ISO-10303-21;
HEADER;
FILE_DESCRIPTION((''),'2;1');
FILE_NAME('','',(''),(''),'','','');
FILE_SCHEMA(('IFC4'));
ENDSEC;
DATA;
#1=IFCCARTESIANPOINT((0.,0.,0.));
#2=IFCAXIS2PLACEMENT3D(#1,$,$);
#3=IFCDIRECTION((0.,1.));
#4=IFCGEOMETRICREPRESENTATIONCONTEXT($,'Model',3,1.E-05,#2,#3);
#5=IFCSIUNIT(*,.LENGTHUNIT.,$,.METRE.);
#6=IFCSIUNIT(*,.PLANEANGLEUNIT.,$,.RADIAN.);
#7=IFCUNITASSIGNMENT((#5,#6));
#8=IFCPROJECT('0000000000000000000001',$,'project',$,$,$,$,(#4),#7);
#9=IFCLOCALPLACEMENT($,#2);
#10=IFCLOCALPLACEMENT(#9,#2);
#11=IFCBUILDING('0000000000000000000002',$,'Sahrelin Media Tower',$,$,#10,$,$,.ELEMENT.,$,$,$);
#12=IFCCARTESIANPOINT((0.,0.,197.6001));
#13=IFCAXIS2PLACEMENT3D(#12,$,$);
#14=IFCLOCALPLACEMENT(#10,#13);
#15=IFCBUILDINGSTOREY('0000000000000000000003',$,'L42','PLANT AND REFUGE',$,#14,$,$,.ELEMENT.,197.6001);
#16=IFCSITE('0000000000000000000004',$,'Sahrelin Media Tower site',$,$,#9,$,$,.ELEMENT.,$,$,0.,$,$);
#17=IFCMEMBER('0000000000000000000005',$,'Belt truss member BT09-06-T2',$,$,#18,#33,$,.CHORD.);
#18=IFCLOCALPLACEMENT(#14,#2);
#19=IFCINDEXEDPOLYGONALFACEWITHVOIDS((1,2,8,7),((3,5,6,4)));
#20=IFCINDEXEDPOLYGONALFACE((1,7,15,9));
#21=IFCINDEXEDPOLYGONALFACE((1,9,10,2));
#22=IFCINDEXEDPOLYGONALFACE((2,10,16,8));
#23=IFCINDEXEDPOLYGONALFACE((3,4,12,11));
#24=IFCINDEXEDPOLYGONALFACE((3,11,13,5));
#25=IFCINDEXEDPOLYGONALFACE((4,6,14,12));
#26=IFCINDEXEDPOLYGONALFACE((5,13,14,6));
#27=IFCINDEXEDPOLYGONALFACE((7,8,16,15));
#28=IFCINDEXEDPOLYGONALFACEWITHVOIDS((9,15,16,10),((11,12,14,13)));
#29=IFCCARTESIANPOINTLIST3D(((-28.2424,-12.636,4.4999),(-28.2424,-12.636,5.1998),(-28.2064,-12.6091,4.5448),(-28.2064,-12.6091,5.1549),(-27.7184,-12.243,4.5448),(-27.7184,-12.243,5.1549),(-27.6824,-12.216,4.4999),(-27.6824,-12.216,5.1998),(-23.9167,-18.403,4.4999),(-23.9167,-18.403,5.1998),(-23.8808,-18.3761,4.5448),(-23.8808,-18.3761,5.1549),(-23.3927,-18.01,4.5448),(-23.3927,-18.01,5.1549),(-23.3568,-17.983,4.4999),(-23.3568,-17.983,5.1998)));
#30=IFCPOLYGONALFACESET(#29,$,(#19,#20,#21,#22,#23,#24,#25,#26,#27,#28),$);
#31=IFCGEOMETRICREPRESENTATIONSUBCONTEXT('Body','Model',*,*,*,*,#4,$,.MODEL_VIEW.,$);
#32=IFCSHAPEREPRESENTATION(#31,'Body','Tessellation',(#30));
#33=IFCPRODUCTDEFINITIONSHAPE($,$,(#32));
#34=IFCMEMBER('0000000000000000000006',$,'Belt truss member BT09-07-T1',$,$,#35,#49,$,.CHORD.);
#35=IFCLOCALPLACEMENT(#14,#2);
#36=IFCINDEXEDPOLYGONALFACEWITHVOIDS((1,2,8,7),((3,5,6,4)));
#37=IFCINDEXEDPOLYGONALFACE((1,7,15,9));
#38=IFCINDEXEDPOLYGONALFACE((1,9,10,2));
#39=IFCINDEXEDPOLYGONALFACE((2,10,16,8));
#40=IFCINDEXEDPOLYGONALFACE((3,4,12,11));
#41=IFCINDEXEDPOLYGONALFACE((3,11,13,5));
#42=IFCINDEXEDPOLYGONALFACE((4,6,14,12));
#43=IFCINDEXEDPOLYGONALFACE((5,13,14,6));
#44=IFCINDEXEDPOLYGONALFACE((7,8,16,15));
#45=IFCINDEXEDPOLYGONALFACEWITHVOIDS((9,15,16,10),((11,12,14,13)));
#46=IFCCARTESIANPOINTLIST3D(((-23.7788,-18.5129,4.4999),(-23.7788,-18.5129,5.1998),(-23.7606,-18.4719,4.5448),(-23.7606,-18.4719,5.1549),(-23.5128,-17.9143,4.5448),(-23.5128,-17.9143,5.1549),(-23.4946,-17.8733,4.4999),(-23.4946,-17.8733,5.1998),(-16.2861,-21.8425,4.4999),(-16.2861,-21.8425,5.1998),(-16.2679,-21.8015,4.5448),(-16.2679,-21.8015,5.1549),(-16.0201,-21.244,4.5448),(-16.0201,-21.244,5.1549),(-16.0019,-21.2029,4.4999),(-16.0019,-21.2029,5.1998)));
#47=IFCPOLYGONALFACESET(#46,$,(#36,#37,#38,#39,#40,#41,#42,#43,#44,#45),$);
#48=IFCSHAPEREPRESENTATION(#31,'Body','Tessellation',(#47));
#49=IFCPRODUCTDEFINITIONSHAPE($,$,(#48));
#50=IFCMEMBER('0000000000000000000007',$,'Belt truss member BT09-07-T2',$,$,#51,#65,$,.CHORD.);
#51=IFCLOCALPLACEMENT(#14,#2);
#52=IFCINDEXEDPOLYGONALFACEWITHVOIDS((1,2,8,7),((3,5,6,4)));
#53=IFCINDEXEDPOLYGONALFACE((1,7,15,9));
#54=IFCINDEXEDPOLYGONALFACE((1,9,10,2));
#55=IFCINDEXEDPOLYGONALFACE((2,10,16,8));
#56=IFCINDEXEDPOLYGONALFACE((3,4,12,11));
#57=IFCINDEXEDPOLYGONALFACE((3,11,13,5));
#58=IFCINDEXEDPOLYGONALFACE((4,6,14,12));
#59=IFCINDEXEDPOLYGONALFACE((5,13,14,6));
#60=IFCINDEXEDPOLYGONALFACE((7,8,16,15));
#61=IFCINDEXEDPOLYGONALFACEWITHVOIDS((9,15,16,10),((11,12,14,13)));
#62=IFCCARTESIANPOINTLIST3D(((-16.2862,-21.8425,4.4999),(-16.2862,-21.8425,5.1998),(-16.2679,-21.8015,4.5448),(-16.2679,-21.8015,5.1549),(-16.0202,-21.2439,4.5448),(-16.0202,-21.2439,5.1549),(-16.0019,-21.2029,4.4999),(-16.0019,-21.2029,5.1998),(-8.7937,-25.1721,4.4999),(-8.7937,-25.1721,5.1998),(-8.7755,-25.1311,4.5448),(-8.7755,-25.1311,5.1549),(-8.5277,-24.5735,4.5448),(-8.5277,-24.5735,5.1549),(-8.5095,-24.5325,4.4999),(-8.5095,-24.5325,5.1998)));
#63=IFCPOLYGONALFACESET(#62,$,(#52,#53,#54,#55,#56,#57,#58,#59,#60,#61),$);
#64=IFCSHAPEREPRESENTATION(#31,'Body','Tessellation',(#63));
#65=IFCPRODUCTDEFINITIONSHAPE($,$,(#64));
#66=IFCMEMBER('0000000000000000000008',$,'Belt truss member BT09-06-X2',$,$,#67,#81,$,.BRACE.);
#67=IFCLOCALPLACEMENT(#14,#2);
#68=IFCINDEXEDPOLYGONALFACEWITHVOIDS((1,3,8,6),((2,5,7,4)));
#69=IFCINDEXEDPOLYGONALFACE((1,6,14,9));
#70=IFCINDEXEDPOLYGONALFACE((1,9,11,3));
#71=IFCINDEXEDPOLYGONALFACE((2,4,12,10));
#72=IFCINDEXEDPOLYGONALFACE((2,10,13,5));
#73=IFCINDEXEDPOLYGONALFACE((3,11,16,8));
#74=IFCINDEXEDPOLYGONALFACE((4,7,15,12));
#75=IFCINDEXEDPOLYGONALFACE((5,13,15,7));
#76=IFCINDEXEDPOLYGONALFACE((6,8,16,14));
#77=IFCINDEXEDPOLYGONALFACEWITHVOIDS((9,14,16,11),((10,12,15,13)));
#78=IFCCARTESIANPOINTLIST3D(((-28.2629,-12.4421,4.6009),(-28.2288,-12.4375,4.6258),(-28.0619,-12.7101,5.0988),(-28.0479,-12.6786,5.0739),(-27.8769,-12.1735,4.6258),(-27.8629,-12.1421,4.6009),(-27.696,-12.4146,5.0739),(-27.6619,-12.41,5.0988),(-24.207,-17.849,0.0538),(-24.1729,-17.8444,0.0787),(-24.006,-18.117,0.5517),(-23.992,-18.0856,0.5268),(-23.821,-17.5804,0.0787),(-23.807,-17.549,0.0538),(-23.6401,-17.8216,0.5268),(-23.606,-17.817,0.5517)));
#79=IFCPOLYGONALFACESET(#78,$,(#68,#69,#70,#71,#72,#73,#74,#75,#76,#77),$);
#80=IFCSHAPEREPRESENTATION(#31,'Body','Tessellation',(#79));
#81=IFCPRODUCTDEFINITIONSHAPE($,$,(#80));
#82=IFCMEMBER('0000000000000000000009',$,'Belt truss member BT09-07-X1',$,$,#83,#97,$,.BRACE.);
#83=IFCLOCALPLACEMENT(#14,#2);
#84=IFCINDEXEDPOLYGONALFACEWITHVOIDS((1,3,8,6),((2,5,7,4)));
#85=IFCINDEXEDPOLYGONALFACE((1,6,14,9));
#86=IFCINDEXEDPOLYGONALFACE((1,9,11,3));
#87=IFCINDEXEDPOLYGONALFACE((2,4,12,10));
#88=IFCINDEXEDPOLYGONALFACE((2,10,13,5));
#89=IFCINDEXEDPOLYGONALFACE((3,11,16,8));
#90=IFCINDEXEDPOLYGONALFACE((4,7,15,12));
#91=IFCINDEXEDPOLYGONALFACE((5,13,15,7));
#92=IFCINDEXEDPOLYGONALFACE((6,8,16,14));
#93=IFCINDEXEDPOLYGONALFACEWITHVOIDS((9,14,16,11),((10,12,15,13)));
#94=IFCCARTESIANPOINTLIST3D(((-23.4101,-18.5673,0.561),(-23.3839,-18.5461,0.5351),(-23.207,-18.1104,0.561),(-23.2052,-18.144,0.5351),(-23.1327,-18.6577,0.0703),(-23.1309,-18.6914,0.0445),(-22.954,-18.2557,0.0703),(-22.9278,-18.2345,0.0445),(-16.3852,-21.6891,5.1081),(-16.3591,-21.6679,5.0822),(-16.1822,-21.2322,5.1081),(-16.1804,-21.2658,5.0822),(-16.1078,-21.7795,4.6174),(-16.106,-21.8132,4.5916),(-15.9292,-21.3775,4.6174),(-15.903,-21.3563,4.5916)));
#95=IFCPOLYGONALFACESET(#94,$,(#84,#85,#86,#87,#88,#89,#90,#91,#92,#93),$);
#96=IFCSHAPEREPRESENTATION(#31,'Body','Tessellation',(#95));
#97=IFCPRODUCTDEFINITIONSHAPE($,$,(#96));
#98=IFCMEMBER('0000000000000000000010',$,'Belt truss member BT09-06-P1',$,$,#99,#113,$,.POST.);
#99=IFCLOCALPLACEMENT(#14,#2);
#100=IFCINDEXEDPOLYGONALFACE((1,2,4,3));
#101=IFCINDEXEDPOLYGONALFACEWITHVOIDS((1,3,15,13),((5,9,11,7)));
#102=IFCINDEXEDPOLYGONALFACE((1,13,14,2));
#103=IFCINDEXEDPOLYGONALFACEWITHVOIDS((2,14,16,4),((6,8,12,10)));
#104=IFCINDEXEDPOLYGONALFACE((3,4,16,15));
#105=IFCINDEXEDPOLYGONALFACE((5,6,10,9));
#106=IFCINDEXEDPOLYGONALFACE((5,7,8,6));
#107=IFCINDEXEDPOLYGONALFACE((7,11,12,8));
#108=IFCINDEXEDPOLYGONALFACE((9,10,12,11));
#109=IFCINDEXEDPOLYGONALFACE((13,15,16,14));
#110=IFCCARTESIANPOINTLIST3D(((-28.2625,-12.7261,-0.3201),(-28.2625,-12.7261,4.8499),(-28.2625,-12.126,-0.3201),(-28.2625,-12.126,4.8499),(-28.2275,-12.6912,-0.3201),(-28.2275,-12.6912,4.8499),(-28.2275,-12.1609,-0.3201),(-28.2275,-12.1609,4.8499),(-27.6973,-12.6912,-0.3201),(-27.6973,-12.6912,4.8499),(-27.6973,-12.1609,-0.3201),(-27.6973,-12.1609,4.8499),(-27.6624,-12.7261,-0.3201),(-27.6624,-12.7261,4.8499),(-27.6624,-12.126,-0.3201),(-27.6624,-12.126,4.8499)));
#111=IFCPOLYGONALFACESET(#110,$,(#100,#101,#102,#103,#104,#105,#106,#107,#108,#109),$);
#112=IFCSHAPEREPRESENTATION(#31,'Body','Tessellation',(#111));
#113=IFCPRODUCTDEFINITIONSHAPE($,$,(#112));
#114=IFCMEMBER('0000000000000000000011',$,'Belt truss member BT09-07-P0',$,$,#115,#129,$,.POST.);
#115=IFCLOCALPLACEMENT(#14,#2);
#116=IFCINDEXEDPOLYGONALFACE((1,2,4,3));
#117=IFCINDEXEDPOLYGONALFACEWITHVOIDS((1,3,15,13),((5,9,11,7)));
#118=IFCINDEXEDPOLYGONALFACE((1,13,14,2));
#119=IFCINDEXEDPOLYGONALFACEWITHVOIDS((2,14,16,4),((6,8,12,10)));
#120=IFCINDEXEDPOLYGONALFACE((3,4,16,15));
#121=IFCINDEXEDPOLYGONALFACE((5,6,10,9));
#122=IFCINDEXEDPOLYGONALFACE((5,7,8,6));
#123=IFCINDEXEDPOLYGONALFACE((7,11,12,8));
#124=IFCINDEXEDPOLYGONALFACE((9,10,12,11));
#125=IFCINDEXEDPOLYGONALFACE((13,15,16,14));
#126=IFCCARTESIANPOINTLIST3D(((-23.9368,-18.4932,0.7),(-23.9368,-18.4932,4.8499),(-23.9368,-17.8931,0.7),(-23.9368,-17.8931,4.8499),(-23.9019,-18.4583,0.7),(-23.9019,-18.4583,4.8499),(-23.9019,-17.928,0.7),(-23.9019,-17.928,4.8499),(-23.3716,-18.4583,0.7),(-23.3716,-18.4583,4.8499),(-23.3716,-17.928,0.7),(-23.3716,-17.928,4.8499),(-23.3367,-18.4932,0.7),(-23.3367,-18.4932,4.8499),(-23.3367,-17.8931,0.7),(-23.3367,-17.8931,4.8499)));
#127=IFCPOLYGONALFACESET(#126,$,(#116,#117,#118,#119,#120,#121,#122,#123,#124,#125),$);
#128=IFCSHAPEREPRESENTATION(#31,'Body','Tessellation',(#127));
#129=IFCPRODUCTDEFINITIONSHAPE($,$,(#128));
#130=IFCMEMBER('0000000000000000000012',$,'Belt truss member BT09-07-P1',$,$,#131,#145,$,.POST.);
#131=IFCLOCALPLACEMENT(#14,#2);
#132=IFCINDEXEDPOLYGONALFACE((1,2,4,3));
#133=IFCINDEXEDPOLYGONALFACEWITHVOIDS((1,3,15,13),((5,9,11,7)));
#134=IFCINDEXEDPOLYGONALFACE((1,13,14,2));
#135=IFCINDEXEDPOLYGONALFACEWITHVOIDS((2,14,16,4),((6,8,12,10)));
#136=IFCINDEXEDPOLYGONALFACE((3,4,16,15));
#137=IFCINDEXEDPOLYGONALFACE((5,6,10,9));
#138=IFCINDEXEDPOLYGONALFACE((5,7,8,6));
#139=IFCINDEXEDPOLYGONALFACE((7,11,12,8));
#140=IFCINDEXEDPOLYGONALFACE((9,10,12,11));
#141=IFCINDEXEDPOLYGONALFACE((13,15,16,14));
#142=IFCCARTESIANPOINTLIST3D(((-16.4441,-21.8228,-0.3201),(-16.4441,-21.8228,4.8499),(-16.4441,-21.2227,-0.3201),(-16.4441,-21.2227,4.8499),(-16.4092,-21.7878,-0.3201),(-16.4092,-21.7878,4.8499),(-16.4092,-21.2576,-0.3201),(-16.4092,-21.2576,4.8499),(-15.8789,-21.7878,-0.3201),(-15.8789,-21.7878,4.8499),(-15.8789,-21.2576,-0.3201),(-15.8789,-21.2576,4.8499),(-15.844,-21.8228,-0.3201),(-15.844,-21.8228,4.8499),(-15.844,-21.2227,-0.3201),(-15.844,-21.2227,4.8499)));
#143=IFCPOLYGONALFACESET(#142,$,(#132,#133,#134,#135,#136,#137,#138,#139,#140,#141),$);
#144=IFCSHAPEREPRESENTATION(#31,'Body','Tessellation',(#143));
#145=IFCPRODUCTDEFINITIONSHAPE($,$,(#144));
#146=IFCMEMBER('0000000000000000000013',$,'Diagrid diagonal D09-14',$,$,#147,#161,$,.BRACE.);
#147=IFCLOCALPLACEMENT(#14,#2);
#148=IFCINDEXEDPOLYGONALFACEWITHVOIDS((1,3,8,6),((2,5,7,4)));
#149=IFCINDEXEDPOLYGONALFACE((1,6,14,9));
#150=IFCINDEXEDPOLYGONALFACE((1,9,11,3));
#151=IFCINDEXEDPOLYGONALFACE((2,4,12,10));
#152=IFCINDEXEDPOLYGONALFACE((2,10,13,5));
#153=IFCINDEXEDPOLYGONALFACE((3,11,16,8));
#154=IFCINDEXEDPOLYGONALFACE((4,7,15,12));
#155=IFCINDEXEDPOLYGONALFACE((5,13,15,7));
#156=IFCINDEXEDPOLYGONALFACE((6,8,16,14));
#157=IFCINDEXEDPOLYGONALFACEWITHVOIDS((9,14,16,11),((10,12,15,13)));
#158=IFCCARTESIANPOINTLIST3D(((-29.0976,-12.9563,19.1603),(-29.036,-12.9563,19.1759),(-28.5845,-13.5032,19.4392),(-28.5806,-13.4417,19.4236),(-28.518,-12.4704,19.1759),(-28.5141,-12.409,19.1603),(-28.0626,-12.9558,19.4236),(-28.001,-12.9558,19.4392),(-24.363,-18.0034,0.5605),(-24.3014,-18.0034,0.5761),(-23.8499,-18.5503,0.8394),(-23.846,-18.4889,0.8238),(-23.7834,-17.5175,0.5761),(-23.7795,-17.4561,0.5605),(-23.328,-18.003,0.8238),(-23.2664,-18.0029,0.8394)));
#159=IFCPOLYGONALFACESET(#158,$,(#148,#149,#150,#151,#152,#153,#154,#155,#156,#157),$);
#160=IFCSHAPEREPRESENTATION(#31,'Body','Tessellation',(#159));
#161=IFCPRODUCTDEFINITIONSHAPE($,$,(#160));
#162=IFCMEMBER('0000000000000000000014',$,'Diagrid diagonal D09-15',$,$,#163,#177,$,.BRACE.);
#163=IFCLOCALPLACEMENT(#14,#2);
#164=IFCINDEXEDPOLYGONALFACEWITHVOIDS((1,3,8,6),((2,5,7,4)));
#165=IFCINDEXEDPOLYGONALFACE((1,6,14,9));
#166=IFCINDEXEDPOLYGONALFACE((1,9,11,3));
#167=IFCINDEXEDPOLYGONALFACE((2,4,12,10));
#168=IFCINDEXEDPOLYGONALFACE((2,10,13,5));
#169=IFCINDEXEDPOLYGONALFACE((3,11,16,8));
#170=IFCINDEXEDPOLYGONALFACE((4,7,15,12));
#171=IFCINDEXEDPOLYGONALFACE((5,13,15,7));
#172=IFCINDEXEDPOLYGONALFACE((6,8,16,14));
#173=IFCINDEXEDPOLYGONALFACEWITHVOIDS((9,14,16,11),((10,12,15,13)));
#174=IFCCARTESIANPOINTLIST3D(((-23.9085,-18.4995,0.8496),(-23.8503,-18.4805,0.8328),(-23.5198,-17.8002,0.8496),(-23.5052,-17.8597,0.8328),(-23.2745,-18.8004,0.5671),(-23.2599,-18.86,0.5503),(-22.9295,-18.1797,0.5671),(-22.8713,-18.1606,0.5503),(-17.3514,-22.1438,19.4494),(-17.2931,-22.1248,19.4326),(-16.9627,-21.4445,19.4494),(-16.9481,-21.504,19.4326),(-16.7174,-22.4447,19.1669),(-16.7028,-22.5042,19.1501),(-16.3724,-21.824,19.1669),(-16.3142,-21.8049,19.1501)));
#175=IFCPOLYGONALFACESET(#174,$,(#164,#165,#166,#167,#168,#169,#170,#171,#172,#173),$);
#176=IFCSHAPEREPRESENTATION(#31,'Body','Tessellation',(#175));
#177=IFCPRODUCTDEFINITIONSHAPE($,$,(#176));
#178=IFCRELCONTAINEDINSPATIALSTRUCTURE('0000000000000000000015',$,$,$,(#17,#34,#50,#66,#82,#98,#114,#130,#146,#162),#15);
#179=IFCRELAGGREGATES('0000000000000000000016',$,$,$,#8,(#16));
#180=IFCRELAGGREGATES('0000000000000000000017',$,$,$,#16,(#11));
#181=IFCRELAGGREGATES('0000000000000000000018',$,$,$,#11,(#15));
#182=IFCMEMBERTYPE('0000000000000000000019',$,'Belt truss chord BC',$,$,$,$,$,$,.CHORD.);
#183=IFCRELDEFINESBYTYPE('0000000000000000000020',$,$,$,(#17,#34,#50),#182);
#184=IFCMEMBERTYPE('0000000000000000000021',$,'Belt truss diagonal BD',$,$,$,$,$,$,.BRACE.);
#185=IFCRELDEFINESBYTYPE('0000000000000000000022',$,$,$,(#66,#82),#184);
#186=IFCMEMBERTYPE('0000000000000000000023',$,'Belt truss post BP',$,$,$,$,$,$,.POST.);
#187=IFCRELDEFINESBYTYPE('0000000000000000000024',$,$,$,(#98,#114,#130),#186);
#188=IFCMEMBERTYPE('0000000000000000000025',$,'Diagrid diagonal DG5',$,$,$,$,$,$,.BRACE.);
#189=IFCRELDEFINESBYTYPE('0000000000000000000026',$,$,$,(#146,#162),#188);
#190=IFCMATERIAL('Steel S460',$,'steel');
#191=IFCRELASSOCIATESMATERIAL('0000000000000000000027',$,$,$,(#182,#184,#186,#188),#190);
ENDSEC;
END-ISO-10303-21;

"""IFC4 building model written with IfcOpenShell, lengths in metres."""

from ifc_helpers import new_model, si_unit, direction, frame, origin, origin_2d, place, context, subcontext, project, spatial, hollow_rectangle, extrude, material, material_profile, profile_set, type_object, element, save


model = new_model("IFC4")

# Units and contexts
model_context = context("Model", 3, precision=1e-05, world=origin(), true_north=direction((0.0, 1.0)))
body_context = subcontext(model_context, "Body", "Model", "MODEL_VIEW")
ifc_project = project(units=[si_unit("LENGTHUNIT", "METRE"), si_unit("PLANEANGLEUNIT", "RADIAN")], contexts=[model_context])

# Site, building, storey
site_placement = place(None, origin())
site = spatial("IfcSite", under=ifc_project, at=site_placement, Name="Sahrelin Media Tower site", CompositionType="ELEMENT", RefElevation=0.0)
building_placement = place(site_placement, origin())
building = spatial("IfcBuilding", under=site, at=building_placement, Name="Sahrelin Media Tower", CompositionType="ELEMENT")
storey_placement = place(building_placement, frame((0.0, 0.0, 197.6001)))
storey = spatial("IfcBuildingStorey", under=building, at=storey_placement, Name="L42", Description="PLANT AND REFUGE", CompositionType="ELEMENT", Elevation=197.6001)

# Members
ifc_material_1 = material(Name="Steel S460", Category="steel")
ifc_material_profile_1 = material_profile(ifc_material_1, hollow_rectangle(XDim=0.7, YDim=0.7, WallThickness=0.0449, at=origin_2d()), Name="Belt truss chord BC")
ifc_profile_set_1 = profile_set([ifc_material_profile_1], Name="Steel S460")
member_type_1 = type_object("IfcMemberType", Name="Belt truss chord BC", PredefinedType="CHORD", material=ifc_profile_set_1)
member_1_placement = place(storey_placement, frame((-27.9624, -12.426, 4.8499), z_axis=(0.600033, -0.799976, 0.0), x_axis=(0.799976, 0.600033, 0.0)))
element("IfcMember", 1, at=member_1_placement, inside=storey, type_object=member_type_1, Name="Belt truss member BT09-06-T2", PredefinedType="CHORD", context=body_context, shape_type="SweptSolid", body=[
    extrude(hollow_rectangle(XDim=0.7, YDim=0.7, WallThickness=0.0449, at=origin_2d()), origin(), (0.0, 0.0, 1.0), 7.209),
])
member_2_placement = place(storey_placement, frame((-23.6367, -18.1931, 4.8499), z_axis=(0.913834, -0.406089, 0.0), x_axis=(0.406089, 0.913834, 0.0)))
element("IfcMember", 2, at=member_2_placement, inside=storey, type_object=member_type_1, Name="Belt truss member BT09-07-T1", PredefinedType="CHORD", context=body_context, shape_type="SweptSolid", body=[
    extrude(hollow_rectangle(XDim=0.7, YDim=0.7, WallThickness=0.0449, at=origin_2d()), origin(), (0.0, 0.0, 1.0), 8.1992),
])
member_3_placement = place(storey_placement, frame((-16.144, -21.5227, 4.8499), z_axis=(0.913829, -0.4061, 0.0), x_axis=(0.4061, 0.913829, 0.0)))
element("IfcMember", 3, at=member_3_placement, inside=storey, type_object=member_type_1, Name="Belt truss member BT09-07-T2", PredefinedType="CHORD", context=body_context, shape_type="SweptSolid", body=[
    extrude(hollow_rectangle(XDim=0.7, YDim=0.7, WallThickness=0.0449, at=origin_2d()), origin(), (0.0, 0.0, 1.0), 8.199),
])
ifc_material_profile_2 = material_profile(ifc_material_1, hollow_rectangle(XDim=0.5, YDim=0.6001, WallThickness=0.03, at=origin_2d()), Name="Belt truss diagonal BD")
ifc_profile_set_2 = profile_set([ifc_material_profile_2], Name="Steel S460")
member_type_2 = type_object("IfcMemberType", Name="Belt truss diagonal BD", PredefinedType="BRACE", material=ifc_profile_set_2)
member_4_placement = place(storey_placement, frame((-23.9065, -17.833, 0.3027), z_axis=(-0.497884, 0.663735, 0.558182), x_axis=(-0.799952, -0.600064, 0.0)))
element("IfcMember", 4, at=member_4_placement, inside=storey, type_object=member_type_2, Name="Belt truss member BT09-06-X2", PredefinedType="BRACE", context=body_context, shape_type="SweptSolid", body=[
    extrude(hollow_rectangle(XDim=0.5, YDim=0.6001, WallThickness=0.03, at=origin_2d()), origin(), (0.0, 0.0, 1.0), 8.1462),
])
member_5_placement = place(storey_placement, frame((-23.1689, -18.4009, 0.3027), z_axis=(0.786533, -0.349531, 0.509111), x_axis=(0.4061, 0.913829, 0.0)))
element("IfcMember", 5, at=member_5_placement, inside=storey, type_object=member_type_2, Name="Belt truss member BT09-07-X1", PredefinedType="BRACE", context=body_context, shape_type="SweptSolid", body=[
    extrude(hollow_rectangle(XDim=0.5, YDim=0.6001, WallThickness=0.03, at=origin_2d()), origin(), (0.0, 0.0, 1.0), 8.9314),
])
ifc_material_profile_3 = material_profile(ifc_material_1, hollow_rectangle(XDim=0.6001, YDim=0.6001, WallThickness=0.0349, at=origin_2d()), Name="Belt truss post BP")
ifc_profile_set_3 = profile_set([ifc_material_profile_3], Name="Steel S460")
member_type_3 = type_object("IfcMemberType", Name="Belt truss post BP", PredefinedType="POST", material=ifc_profile_set_3)
member_6_placement = place(storey_placement, frame((-27.9624, -12.426, -0.3201), z_axis=(0.0, 0.0, 1.0), x_axis=(1.0, 0.0, 0.0)))
element("IfcMember", 6, at=member_6_placement, inside=storey, type_object=member_type_3, Name="Belt truss member BT09-06-P1", PredefinedType="POST", context=body_context, shape_type="SweptSolid", body=[
    extrude(hollow_rectangle(XDim=0.6001, YDim=0.6001, WallThickness=0.0349, at=origin_2d()), origin(), (0.0, 0.0, 1.0), 5.1699),
])
member_7_placement = place(storey_placement, frame((-23.6367, -18.1931, 0.7), z_axis=(0.0, 0.0, 1.0), x_axis=(1.0, 0.0, 0.0)))
element("IfcMember", 7, at=member_7_placement, inside=storey, type_object=member_type_3, Name="Belt truss member BT09-07-P0", PredefinedType="POST", context=body_context, shape_type="SweptSolid", body=[
    extrude(hollow_rectangle(XDim=0.6001, YDim=0.6001, WallThickness=0.0349, at=origin_2d()), origin(), (0.0, 0.0, 1.0), 4.1499),
])
member_8_placement = place(storey_placement, frame((-16.144, -21.5227, -0.3201), z_axis=(0.0, 0.0, 1.0), x_axis=(1.0, 0.0, 0.0)))
element("IfcMember", 8, at=member_8_placement, inside=storey, type_object=member_type_3, Name="Belt truss member BT09-07-P1", PredefinedType="POST", context=body_context, shape_type="SweptSolid", body=[
    extrude(hollow_rectangle(XDim=0.6001, YDim=0.6001, WallThickness=0.0349, at=origin_2d()), origin(), (0.0, 0.0, 1.0), 5.1699),
])
ifc_material_profile_4 = material_profile(ifc_material_1, hollow_rectangle(XDim=0.8, YDim=0.8, WallThickness=0.0449, at=origin_2d()), Name="Diagrid diagonal DG5")
ifc_profile_set_4 = profile_set([ifc_material_profile_4], Name="Steel S460")
member_type_4 = type_object("IfcMemberType", Name="Diagrid diagonal DG5", PredefinedType="BRACE", material=ifc_profile_set_4)
member_9_placement = place(storey_placement, frame((-23.8147, -18.0032, 0.7), z_axis=(-0.238574, 0.25432, 0.937232), x_axis=(-0.729325, -0.684168, 0.0)))
element("IfcMember", 9, at=member_9_placement, inside=storey, type_object=member_type_4, Name="Diagrid diagonal D09-14", PredefinedType="BRACE", context=body_context, shape_type="SweptSolid", body=[
    extrude(hollow_rectangle(XDim=0.8, YDim=0.8, WallThickness=0.0449, at=origin_2d()), origin(), (0.0, 0.0, 1.0), 19.8455),
])
member_10_placement = place(storey_placement, frame((-23.3899, -18.3301, 0.7), z_axis=(0.326946, -0.181708, 0.92741), x_axis=(0.485789, 0.874076, 0.0)))
element("IfcMember", 10, at=member_10_placement, inside=storey, type_object=member_type_4, Name="Diagrid diagonal D09-15", PredefinedType="BRACE", context=body_context, shape_type="SweptSolid", body=[
    extrude(hollow_rectangle(XDim=0.8, YDim=0.8, WallThickness=0.0449, at=origin_2d()), origin(), (0.0, 0.0, 1.0), 20.0557),
])

save(model, "model.ifc")
